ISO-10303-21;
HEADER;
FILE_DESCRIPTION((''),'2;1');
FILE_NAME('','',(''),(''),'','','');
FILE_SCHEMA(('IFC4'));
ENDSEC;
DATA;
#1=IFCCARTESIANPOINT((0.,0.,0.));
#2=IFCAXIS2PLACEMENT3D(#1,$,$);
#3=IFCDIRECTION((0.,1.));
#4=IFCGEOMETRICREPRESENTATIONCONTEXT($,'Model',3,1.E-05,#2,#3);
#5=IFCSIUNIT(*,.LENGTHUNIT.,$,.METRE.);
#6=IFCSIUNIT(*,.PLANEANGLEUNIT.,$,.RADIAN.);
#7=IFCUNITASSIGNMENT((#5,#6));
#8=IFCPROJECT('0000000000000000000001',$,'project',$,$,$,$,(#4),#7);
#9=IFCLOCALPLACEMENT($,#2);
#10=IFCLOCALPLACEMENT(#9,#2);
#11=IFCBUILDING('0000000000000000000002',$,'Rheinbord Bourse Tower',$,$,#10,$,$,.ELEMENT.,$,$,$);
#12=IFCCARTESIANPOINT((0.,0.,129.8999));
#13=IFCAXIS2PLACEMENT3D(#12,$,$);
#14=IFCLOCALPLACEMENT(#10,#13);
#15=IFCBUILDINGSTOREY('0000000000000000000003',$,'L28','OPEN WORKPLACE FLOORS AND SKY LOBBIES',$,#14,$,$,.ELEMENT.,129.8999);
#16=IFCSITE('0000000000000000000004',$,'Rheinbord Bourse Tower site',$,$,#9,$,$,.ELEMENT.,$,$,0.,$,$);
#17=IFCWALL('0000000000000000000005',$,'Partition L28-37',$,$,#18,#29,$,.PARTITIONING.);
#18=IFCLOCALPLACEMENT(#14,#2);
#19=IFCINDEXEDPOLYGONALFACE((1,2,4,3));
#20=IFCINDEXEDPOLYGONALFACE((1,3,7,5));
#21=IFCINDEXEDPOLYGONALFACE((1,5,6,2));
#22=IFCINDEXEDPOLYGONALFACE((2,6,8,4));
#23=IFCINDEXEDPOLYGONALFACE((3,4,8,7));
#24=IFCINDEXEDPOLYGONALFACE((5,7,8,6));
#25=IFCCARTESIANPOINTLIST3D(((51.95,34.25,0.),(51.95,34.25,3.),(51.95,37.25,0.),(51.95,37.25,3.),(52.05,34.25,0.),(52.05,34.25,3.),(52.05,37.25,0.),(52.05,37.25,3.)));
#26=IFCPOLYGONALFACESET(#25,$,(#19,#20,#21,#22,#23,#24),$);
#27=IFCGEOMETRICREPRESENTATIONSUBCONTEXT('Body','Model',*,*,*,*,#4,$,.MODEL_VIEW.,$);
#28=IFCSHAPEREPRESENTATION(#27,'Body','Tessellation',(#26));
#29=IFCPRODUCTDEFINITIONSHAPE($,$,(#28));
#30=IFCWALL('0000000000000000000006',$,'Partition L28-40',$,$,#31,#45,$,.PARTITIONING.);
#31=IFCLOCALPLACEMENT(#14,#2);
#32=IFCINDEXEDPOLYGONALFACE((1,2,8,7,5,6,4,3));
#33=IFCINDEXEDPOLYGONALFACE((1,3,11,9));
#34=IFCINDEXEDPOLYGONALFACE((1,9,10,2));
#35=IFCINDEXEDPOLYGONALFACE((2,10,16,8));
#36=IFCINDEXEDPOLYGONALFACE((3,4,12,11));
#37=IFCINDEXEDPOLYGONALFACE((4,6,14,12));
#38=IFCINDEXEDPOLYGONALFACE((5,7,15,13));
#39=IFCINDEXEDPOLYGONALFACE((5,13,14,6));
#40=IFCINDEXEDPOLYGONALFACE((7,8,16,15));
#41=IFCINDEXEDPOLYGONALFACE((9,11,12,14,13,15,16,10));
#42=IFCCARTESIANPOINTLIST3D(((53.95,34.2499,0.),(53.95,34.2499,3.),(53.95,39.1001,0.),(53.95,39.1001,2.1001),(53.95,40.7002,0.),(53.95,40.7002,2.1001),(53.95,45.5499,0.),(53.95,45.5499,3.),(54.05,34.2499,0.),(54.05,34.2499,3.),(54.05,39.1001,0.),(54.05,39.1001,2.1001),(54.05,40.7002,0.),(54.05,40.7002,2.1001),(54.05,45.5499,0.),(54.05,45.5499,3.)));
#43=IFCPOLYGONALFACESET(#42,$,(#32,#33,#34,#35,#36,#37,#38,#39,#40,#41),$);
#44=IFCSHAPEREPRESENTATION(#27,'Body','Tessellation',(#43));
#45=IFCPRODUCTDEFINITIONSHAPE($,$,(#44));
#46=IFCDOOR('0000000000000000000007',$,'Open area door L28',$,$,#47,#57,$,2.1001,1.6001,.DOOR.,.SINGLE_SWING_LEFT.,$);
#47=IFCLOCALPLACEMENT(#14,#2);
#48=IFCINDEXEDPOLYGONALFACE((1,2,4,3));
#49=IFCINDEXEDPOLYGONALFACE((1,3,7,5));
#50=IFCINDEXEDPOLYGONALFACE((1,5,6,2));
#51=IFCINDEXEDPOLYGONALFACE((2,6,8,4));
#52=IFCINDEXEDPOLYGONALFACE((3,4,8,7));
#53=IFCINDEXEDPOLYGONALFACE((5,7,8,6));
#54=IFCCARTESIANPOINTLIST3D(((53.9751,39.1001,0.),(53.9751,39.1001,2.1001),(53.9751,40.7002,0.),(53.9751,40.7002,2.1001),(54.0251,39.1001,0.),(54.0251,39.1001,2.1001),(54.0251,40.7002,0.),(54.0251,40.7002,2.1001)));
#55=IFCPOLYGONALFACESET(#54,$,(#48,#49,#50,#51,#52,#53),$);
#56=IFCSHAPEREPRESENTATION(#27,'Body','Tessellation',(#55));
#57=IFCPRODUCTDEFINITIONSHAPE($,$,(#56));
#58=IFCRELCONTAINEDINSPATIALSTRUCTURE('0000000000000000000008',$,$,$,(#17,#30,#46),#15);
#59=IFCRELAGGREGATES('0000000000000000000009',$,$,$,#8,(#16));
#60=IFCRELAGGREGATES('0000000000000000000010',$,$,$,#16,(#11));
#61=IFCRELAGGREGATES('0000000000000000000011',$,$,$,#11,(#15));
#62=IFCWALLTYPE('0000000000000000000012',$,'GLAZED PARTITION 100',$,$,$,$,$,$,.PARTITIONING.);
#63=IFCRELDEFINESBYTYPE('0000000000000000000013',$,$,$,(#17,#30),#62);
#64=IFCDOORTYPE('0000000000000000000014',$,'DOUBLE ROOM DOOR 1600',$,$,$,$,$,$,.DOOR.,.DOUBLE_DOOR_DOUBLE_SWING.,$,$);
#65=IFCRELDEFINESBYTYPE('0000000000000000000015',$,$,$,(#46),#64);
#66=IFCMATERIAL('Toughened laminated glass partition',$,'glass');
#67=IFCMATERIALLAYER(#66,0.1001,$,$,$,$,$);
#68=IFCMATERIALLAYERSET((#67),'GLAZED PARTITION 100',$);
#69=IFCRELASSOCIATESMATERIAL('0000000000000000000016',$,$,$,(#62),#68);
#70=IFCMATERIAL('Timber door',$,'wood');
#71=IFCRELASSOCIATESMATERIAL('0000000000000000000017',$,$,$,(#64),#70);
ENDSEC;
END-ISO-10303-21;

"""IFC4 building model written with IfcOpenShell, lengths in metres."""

from ifc_helpers import new_model, si_unit, direction, frame, frame_2d, origin, place, context, subcontext, project, spatial, rectangle, extrude, material, layer, layer_set, type_object, element, fill, save


model = new_model("IFC4")

# Units and contexts
model_context = context("Model", 3, precision=1e-05, world=origin(), true_north=direction((0.0, 1.0)))
body_context = subcontext(model_context, "Body", "Model", "MODEL_VIEW")
ifc_project = project(units=[si_unit("LENGTHUNIT", "METRE"), si_unit("PLANEANGLEUNIT", "RADIAN")], contexts=[model_context])

# Site, building, storey
site_placement = place(None, origin())
site = spatial("IfcSite", under=ifc_project, at=site_placement, Name="Rheinbord Bourse Tower site", CompositionType="ELEMENT", RefElevation=0.0)
building_placement = place(site_placement, origin())
building = spatial("IfcBuilding", under=site, at=building_placement, Name="Rheinbord Bourse Tower", CompositionType="ELEMENT")
storey_placement = place(building_placement, frame((0.0, 0.0, 129.8999)))
storey = spatial("IfcBuildingStorey", under=building, at=storey_placement, Name="L28", Description="OPEN WORKPLACE FLOORS AND SKY LOBBIES", CompositionType="ELEMENT", Elevation=129.8999)

# Shared definitions
ifc_material_1 = material(Name="Toughened laminated glass partition", Category="glass")
ifc_layer_1 = layer(ifc_material_1, 0.1001)
ifc_layer_set_1 = layer_set([ifc_layer_1], Name="GLAZED PARTITION 100")
wall_type_1 = type_object("IfcWallType", Name="GLAZED PARTITION 100", PredefinedType="PARTITIONING", material=ifc_layer_set_1)

# Wall
wall_1_placement = place(storey_placement, frame((52.0, 34.25, 0.0), z_axis=(0.0, 0.0, 1.0), x_axis=(0.0, 1.0, 0.0)))
element("IfcWall", 1, at=wall_1_placement, inside=storey, type_object=wall_type_1, Name="Partition L28-37", PredefinedType="PARTITIONING", context=body_context, shape_type="SweptSolid", body=[
    extrude(rectangle(XDim=3.0, YDim=0.1001, at=frame_2d((1.5, 0.0))), origin(), (0.0, 0.0, 1.0), 3.0),
])

# Wall, opening, door
wall_2_placement = place(storey_placement, frame((54.0, 34.25, 0.0), z_axis=(0.0, 0.0, 1.0), x_axis=(0.0, 1.0, 0.0)))
wall_2 = element("IfcWall", 2, at=wall_2_placement, inside=storey, type_object=wall_type_1, Name="Partition L28-40", PredefinedType="PARTITIONING", context=body_context, shape_type="SweptSolid", body=[
    extrude(rectangle(XDim=11.3, YDim=0.1001, at=frame_2d((5.6499, 0.0))), origin(), (0.0, 0.0, 1.0), 3.0),
])
opening_1_placement = place(wall_2_placement, frame((4.8501, 0.0, 0.0)))
opening_1 = element("IfcOpeningElement", 3, at=opening_1_placement, cuts=wall_2, PredefinedType="OPENING", context=body_context, shape_type="SweptSolid", body=[
    extrude(rectangle(XDim=1.6001, YDim=2.1001, at=frame_2d((0.8, 1.05))), frame((0.0, 0.0601, 0.0), z_axis=(0.0, -1.0, 0.0), x_axis=(1.0, 0.0, 0.0)), (0.0, 0.0, 1.0), 0.1201),
])
ifc_material_2 = material(Name="Timber door", Category="wood")
door_type_1 = type_object("IfcDoorType", Name="DOUBLE ROOM DOOR 1600", OperationType="DOUBLE_DOOR_DOUBLE_SWING", PredefinedType="DOOR", material=ifc_material_2)
door_1_placement = place(opening_1_placement, origin())
door_1 = element("IfcDoor", 4, at=door_1_placement, inside=storey, type_object=door_type_1, Name="Open area door L28", OperationType="SINGLE_SWING_LEFT", OverallHeight=2.1001, OverallWidth=1.6001, PredefinedType="DOOR", context=body_context, shape_type="SweptSolid", body=[
    extrude(rectangle(XDim=1.6001, YDim=2.1001, at=frame_2d((0.8, 1.05))), frame((0.0, 0.0249, 0.0), z_axis=(0.0, -1.0, 0.0), x_axis=(1.0, 0.0, 0.0)), (0.0, 0.0, 1.0), 0.05),
])
fill(opening_1, door_1)

save(model, "model.ifc")
